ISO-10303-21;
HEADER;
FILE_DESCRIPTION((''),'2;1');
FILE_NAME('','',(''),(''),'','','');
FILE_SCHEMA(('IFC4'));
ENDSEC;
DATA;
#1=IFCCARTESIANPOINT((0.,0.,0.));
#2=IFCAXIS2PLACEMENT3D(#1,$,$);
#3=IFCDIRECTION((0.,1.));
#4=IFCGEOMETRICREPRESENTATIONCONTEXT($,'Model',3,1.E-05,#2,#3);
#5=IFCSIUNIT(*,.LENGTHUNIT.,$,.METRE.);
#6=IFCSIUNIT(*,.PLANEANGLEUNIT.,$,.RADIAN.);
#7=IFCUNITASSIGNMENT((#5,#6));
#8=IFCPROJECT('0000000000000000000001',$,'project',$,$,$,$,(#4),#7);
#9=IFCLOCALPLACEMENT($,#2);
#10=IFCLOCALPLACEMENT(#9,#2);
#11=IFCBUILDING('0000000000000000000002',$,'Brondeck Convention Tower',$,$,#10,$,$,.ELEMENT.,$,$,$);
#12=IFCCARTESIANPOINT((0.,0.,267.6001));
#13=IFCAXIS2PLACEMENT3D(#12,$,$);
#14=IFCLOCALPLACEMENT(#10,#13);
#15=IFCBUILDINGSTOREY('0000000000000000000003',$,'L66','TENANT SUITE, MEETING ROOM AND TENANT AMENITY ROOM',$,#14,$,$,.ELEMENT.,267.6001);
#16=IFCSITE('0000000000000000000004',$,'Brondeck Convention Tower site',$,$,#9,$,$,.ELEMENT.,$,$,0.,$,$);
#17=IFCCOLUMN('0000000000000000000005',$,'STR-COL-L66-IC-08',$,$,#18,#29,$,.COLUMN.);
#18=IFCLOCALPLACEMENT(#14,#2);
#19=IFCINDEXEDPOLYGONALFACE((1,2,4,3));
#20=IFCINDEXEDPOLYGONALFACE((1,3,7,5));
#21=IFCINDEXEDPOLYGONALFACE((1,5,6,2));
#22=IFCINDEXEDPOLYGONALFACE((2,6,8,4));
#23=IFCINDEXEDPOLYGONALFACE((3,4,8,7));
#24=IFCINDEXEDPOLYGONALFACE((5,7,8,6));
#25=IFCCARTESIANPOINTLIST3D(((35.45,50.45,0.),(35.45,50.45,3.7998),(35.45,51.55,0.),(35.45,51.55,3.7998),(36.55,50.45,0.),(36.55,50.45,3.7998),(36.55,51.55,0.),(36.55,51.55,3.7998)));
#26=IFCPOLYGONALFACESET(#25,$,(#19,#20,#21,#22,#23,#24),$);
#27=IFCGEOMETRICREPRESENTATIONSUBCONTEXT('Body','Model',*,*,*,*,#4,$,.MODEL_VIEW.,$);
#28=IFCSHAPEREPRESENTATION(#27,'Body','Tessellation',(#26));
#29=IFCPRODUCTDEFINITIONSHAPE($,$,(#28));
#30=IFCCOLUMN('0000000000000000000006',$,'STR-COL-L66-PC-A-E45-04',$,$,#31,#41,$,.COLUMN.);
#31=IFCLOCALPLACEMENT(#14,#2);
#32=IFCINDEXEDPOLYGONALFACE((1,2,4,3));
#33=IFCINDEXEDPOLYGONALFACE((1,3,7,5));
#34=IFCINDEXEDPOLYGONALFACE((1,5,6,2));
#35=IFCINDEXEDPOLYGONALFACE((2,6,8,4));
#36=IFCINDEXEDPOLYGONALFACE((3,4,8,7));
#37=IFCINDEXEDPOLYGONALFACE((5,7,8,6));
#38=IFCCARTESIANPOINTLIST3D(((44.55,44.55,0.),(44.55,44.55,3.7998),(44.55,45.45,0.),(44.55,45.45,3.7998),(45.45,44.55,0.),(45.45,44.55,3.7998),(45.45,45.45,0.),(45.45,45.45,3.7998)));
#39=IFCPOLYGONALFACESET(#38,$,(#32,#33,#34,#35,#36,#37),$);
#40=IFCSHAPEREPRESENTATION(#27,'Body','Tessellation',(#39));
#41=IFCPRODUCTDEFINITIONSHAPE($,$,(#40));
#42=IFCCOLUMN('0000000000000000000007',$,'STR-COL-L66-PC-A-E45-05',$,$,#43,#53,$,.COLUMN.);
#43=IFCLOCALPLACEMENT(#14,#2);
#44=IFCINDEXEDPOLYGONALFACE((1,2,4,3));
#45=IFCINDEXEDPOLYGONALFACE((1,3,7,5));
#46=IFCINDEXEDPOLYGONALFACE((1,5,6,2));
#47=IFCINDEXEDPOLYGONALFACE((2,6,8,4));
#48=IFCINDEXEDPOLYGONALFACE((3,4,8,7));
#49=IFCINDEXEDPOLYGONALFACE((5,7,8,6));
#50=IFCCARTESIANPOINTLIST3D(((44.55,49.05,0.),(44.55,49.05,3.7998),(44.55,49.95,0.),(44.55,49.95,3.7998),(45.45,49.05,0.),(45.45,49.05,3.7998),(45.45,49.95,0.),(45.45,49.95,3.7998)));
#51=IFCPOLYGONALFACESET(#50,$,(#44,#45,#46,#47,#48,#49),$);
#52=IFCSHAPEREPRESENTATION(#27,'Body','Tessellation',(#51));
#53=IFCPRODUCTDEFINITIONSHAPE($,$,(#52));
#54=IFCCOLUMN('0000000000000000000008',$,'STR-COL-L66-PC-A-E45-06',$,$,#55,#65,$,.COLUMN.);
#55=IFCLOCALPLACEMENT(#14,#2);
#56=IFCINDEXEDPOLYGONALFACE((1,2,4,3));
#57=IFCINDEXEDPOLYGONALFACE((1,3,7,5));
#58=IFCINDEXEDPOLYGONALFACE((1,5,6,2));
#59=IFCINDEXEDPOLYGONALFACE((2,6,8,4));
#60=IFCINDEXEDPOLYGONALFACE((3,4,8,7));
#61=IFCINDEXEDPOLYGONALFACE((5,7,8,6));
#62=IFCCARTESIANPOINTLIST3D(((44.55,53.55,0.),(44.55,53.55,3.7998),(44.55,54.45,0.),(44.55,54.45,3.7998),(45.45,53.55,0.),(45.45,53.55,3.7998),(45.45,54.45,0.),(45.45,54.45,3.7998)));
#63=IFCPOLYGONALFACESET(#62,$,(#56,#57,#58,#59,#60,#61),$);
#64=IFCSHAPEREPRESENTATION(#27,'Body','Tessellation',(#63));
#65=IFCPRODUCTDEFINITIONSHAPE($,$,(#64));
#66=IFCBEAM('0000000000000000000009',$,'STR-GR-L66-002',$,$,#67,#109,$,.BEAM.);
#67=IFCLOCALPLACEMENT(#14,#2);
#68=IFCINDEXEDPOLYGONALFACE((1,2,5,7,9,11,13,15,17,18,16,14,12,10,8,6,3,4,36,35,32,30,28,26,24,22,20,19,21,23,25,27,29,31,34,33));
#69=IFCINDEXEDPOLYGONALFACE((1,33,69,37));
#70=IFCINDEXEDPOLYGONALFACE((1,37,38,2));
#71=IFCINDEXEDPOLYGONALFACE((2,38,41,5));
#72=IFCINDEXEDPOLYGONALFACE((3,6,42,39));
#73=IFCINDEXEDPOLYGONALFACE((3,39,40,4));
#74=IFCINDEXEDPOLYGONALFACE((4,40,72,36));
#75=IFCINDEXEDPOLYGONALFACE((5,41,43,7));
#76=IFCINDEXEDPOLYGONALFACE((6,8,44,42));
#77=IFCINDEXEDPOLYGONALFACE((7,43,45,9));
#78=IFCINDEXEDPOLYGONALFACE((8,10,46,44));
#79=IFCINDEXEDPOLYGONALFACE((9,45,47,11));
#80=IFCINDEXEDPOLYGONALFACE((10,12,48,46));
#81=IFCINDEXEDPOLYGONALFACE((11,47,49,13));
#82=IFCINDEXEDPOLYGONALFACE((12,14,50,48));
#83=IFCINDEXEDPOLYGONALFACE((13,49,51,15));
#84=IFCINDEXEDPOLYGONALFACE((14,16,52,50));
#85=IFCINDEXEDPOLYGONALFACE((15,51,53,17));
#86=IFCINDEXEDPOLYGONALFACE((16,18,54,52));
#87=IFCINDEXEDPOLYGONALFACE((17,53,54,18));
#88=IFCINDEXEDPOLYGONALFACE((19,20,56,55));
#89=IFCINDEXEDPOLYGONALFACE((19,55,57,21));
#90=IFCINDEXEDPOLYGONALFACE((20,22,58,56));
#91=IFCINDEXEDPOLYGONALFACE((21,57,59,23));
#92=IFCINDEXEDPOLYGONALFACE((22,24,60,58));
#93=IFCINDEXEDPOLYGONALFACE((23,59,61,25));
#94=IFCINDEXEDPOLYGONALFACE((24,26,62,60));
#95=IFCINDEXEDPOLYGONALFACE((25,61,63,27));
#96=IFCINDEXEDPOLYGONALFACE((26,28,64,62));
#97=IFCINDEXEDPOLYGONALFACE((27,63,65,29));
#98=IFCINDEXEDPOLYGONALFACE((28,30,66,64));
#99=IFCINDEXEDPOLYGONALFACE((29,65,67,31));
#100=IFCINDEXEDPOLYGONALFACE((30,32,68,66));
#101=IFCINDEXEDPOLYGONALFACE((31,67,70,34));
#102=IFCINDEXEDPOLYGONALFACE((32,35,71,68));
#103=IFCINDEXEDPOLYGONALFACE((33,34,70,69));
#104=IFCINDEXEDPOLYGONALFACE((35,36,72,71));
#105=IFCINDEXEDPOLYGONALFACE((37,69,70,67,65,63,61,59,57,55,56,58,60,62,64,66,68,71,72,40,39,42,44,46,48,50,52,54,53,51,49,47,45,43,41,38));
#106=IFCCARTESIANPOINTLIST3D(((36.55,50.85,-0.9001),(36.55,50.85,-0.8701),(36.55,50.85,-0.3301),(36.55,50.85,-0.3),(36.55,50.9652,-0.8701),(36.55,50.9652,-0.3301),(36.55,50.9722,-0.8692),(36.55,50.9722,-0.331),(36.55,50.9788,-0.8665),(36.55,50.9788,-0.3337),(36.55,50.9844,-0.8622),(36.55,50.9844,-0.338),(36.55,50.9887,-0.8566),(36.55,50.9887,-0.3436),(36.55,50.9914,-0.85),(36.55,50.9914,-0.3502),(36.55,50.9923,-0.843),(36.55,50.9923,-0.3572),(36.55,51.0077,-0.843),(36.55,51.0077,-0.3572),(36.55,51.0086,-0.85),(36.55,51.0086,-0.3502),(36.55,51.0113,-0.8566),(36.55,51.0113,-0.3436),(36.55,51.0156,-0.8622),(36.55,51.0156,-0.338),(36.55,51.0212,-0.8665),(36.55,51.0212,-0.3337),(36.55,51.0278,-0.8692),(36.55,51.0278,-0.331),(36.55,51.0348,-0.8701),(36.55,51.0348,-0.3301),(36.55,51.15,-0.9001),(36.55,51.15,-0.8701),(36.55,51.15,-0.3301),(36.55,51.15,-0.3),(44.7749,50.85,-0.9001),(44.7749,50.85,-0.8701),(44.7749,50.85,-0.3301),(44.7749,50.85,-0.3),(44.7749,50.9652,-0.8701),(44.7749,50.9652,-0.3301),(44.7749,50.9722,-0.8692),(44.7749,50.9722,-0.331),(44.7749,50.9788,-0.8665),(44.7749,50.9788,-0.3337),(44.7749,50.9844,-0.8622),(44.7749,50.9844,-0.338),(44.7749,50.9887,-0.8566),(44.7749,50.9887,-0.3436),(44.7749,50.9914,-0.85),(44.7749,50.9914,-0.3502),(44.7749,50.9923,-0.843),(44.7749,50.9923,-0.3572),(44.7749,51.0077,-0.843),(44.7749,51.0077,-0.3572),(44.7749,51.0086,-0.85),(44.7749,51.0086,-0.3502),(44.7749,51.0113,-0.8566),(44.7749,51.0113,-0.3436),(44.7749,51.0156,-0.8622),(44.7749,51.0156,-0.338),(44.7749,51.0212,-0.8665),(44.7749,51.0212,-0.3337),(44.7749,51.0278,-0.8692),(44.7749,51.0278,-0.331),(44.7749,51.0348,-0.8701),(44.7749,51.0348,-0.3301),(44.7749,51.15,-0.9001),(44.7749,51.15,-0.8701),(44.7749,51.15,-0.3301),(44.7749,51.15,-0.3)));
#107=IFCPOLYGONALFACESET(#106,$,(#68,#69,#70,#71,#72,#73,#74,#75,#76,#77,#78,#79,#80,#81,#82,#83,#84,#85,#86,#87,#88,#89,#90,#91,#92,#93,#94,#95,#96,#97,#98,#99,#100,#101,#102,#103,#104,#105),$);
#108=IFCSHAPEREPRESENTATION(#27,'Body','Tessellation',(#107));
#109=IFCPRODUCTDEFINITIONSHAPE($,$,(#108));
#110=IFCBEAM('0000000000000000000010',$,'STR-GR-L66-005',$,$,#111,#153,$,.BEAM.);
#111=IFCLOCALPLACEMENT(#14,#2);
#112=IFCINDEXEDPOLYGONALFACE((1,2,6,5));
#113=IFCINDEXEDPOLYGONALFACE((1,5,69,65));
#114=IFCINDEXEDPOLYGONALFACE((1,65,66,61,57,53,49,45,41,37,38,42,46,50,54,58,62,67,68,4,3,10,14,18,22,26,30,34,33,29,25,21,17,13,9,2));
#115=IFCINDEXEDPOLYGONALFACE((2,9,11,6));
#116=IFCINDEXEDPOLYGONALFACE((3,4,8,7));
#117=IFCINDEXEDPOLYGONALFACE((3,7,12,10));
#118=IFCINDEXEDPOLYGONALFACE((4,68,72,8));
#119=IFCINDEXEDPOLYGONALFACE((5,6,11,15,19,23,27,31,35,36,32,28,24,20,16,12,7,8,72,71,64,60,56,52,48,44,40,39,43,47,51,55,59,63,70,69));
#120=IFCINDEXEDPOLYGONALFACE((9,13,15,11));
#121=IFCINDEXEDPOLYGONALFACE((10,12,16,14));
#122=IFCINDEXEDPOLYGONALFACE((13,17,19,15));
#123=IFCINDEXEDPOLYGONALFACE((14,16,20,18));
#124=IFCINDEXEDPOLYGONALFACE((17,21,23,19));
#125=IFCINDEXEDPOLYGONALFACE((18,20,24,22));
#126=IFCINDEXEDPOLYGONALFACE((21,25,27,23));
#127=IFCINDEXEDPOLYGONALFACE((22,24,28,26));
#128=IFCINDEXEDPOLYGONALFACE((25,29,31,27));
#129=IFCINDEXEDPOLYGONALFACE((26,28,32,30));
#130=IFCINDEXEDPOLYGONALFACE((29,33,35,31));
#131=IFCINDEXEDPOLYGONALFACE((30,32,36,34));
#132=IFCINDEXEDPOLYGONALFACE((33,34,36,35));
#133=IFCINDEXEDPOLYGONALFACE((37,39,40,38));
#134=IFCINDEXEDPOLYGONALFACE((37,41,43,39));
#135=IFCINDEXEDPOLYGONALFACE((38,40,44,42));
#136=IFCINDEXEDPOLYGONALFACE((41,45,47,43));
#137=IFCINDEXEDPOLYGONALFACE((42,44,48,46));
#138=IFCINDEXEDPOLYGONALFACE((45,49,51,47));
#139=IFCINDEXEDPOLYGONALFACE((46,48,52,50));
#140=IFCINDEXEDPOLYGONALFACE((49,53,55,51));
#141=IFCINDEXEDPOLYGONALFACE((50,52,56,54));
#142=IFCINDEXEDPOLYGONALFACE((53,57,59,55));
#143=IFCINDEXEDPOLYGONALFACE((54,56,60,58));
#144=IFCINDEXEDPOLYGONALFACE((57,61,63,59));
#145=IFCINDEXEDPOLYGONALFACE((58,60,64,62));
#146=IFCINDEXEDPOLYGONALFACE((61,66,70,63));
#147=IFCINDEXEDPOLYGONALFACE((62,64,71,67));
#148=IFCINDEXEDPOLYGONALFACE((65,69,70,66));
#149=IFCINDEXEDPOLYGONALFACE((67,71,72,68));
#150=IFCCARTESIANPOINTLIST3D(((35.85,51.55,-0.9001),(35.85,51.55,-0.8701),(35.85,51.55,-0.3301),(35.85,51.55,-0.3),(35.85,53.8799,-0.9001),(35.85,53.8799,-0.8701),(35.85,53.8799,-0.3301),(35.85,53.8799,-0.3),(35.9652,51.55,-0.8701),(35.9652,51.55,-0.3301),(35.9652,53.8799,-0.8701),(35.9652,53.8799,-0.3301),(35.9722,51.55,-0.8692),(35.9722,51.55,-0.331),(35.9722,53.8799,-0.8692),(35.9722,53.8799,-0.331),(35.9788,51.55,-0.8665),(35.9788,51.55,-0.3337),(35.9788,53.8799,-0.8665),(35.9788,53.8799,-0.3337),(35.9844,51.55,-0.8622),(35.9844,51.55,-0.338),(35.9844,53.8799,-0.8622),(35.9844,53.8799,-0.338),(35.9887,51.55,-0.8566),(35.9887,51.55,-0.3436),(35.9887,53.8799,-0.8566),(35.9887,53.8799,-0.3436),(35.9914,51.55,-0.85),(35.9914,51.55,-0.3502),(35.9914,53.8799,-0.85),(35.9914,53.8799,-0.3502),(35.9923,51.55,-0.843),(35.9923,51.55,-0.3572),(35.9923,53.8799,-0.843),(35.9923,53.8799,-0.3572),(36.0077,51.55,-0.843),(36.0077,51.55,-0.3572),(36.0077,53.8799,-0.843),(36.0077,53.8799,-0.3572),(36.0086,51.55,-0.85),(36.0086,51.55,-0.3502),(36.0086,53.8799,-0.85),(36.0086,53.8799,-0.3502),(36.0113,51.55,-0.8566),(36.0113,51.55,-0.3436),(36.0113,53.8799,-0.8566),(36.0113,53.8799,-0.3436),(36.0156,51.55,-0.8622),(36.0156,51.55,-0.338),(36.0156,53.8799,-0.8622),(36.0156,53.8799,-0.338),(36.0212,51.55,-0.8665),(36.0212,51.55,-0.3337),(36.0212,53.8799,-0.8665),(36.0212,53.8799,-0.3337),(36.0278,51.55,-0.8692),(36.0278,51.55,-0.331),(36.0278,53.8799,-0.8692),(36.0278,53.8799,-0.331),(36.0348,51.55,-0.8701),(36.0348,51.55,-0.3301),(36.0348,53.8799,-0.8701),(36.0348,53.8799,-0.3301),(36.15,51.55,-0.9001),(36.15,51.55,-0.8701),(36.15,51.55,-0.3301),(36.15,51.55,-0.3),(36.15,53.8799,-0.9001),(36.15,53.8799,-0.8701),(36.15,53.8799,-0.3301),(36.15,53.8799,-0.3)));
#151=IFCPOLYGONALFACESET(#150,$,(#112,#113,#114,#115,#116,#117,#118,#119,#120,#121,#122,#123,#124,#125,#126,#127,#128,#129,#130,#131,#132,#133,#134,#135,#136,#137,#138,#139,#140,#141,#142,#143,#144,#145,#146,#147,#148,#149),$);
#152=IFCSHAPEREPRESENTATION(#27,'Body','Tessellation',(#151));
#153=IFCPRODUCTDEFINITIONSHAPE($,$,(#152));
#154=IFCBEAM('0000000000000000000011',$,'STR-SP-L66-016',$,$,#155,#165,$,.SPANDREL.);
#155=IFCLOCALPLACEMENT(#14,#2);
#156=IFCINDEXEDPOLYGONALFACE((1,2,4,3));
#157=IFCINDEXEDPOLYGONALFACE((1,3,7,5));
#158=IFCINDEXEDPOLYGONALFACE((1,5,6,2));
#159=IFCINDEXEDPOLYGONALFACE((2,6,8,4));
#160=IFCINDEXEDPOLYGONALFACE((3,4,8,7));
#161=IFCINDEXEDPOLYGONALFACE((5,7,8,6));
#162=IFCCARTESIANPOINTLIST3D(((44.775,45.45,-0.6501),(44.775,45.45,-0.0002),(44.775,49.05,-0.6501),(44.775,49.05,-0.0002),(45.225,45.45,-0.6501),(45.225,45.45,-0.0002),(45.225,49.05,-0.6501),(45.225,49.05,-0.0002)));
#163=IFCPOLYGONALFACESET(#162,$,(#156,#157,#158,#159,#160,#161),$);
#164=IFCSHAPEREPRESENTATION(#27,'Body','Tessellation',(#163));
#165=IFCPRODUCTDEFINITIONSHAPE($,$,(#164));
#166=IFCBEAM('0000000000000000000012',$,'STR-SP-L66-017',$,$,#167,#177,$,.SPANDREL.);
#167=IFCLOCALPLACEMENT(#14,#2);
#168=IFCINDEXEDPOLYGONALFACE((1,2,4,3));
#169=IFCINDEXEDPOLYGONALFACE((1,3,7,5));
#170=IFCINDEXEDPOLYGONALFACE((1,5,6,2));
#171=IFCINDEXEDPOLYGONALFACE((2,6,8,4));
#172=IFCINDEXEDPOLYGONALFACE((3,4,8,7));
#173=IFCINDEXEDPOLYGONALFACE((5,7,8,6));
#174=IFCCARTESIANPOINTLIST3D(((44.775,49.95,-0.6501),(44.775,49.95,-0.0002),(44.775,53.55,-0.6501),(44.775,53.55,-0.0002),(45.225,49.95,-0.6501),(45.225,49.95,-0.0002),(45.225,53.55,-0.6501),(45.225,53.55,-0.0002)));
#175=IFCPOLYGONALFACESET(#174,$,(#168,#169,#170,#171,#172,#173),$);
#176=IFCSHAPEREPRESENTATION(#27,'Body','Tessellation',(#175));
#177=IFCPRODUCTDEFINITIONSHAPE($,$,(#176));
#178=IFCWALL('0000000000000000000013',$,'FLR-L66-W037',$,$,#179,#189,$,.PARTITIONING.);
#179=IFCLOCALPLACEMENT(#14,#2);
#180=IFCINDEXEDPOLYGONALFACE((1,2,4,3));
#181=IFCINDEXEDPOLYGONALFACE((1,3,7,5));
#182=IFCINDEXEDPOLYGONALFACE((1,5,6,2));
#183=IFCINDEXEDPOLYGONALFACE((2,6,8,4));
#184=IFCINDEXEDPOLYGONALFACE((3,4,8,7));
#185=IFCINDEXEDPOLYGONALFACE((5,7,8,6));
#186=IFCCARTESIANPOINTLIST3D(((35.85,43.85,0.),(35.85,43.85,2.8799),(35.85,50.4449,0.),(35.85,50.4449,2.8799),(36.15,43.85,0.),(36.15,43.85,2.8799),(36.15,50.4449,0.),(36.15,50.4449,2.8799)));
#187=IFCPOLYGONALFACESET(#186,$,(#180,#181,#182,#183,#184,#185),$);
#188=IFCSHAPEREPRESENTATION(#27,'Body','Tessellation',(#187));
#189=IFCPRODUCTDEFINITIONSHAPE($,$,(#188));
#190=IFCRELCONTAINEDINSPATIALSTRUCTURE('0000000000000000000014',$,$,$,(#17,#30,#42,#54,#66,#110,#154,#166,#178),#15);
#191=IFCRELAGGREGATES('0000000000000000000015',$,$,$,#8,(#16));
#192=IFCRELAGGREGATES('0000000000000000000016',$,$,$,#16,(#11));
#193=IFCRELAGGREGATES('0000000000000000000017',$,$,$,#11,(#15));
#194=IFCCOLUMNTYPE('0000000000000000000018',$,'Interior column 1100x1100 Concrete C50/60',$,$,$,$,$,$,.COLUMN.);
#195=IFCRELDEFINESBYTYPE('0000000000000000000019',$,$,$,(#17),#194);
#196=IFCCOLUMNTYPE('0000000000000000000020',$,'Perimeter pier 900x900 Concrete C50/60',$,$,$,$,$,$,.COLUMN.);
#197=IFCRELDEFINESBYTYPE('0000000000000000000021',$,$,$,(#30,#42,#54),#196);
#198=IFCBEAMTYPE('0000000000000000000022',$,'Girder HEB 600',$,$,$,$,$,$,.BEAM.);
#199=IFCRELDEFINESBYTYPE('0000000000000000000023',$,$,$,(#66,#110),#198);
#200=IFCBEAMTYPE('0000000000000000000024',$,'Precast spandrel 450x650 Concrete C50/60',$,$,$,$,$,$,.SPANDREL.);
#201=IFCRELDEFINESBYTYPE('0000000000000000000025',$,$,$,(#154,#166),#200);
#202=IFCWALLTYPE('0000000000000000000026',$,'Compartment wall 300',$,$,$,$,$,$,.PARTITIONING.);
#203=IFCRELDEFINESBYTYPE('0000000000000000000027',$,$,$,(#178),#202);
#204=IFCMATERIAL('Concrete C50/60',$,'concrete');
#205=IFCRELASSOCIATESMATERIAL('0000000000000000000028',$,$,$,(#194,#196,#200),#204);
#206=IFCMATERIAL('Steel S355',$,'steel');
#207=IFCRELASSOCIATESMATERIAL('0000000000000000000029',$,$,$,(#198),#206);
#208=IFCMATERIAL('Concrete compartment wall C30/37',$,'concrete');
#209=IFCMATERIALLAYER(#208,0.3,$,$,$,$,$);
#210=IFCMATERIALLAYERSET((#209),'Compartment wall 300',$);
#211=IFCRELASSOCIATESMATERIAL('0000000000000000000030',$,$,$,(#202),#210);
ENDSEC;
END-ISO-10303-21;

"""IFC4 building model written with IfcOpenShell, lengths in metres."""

from ifc_helpers import new_model, si_unit, direction, frame, frame_2d, origin, origin_2d, place, context, subcontext, project, spatial, rectangle, i_section, extrude, material, layer, layer_set, material_profile, profile_set, type_object, element, save


model = new_model("IFC4")

# Units and contexts
model_context = context("Model", 3, precision=1e-05, world=origin(), true_north=direction((0.0, 1.0)))
body_context = subcontext(model_context, "Body", "Model", "MODEL_VIEW")
ifc_project = project(units=[si_unit("LENGTHUNIT", "METRE"), si_unit("PLANEANGLEUNIT", "RADIAN")], contexts=[model_context])

# Site, building, storey
site_placement = place(None, origin())
site = spatial("IfcSite", under=ifc_project, at=site_placement, Name="Brondeck Convention Tower site", CompositionType="ELEMENT", RefElevation=0.0)
building_placement = place(site_placement, origin())
building = spatial("IfcBuilding", under=site, at=building_placement, Name="Brondeck Convention Tower", CompositionType="ELEMENT")
storey_placement = place(building_placement, frame((0.0, 0.0, 267.6001)))
storey = spatial("IfcBuildingStorey", under=building, at=storey_placement, Name="L66", Description="TENANT SUITE, MEETING ROOM AND TENANT AMENITY ROOM", CompositionType="ELEMENT", Elevation=267.6001)

# Columns
ifc_material_1 = material(Name="Concrete C50/60", Category="concrete")
ifc_material_profile_1 = material_profile(ifc_material_1, rectangle(XDim=1.1001, YDim=1.1001, at=origin_2d()), Name="Interior column 1100x1100 Concrete C50/60")
ifc_profile_set_1 = profile_set([ifc_material_profile_1], Name="Concrete C50/60")
column_type_1 = type_object("IfcColumnType", Name="Interior column 1100x1100 Concrete C50/60", PredefinedType="COLUMN", material=ifc_profile_set_1)
column_placement = place(storey_placement, frame((36.0, 51.0, 0.0), z_axis=(0.0, 0.0, 1.0), x_axis=(1.0, 0.0, 0.0)))
element("IfcColumn", 1, at=column_placement, inside=storey, type_object=column_type_1, Name="STR-COL-L66-IC-08", PredefinedType="COLUMN", context=body_context, shape_type="SweptSolid", body=[
    extrude(rectangle(XDim=1.1001, YDim=1.1001, at=origin_2d()), origin(), (0.0, 0.0, 1.0), 3.7998),
])
ifc_material_profile_2 = material_profile(ifc_material_1, rectangle(XDim=0.8999, YDim=0.8999, at=origin_2d()), Name="Perimeter pier 900x900 Concrete C50/60")
ifc_profile_set_2 = profile_set([ifc_material_profile_2], Name="Concrete C50/60")
column_type_2 = type_object("IfcColumnType", Name="Perimeter pier 900x900 Concrete C50/60", PredefinedType="COLUMN", material=ifc_profile_set_2)
for number, where, z_axis, x_axis, name in (
    (2, (45.0, 45.0, 0.0), (0.0, 0.0, 1.0), (0.0, 1.0, 0.0), "STR-COL-L66-PC-A-E45-04"),
    (3, (45.0, 49.5, 0.0), (0.0, 0.0, 1.0), (0.0, 1.0, 0.0), "STR-COL-L66-PC-A-E45-05"),
    (4, (45.0, 54.0, 0.0), (0.0, 0.0, 1.0), (0.0, 1.0, 0.0), "STR-COL-L66-PC-A-E45-06"),
):
    element("IfcColumn", number, at=place(storey_placement, frame(where, z_axis=z_axis, x_axis=x_axis)), inside=storey, type_object=column_type_2, Name=name, PredefinedType="COLUMN", context=body_context, shape_type="SweptSolid", body=[
        extrude(rectangle(XDim=0.8999, YDim=0.8999, at=origin_2d()), origin(), (0.0, 0.0, 1.0), 3.7998),
    ])

# Beams
ifc_material_2 = material(Name="Steel S355", Category="steel")
ifc_material_profile_3 = material_profile(ifc_material_2, i_section(OverallWidth=0.3, OverallDepth=0.6001, WebThickness=0.0154, FlangeThickness=0.03, FilletRadius=0.0271, at=origin_2d()), Name="HEB 600")
ifc_profile_set_3 = profile_set([ifc_material_profile_3], Name="Steel S355")
beam_type_1 = type_object("IfcBeamType", Name="Girder HEB 600", PredefinedType="BEAM", material=ifc_profile_set_3)
beam_1_placement = place(storey_placement, frame((36.55, 51.0, -0.6001), z_axis=(1.0, 0.0, 0.0), x_axis=(0.0, 1.0, 0.0)))
element("IfcBeam", 5, at=beam_1_placement, inside=storey, type_object=beam_type_1, Name="STR-GR-L66-002", PredefinedType="BEAM", context=body_context, shape_type="SweptSolid", body=[
    extrude(i_section(OverallWidth=0.3, OverallDepth=0.6001, WebThickness=0.0154, FlangeThickness=0.03, FilletRadius=0.0271, at=origin_2d()), origin(), (0.0, 0.0, 1.0), 8.2249),
])
beam_2_placement = place(storey_placement, frame((36.0, 51.55, -0.6001), z_axis=(0.0, 1.0, 0.0), x_axis=(-1.0, 0.0, 0.0)))
element("IfcBeam", 6, at=beam_2_placement, inside=storey, type_object=beam_type_1, Name="STR-GR-L66-005", PredefinedType="BEAM", context=body_context, shape_type="SweptSolid", body=[
    extrude(i_section(OverallWidth=0.3, OverallDepth=0.6001, WebThickness=0.0154, FlangeThickness=0.03, FilletRadius=0.0271, at=origin_2d()), origin(), (0.0, 0.0, 1.0), 2.3298),
])
ifc_material_profile_4 = material_profile(ifc_material_1, rectangle(XDim=0.45, YDim=0.6499, at=origin_2d()), Name="Precast spandrel 450x650 Concrete C50/60")
ifc_profile_set_4 = profile_set([ifc_material_profile_4], Name="Concrete C50/60")
beam_type_2 = type_object("IfcBeamType", Name="Precast spandrel 450x650 Concrete C50/60", PredefinedType="SPANDREL", material=ifc_profile_set_4)
for number, where, z_axis, x_axis, name in (
    (7, (45.0, 45.45, -0.3252), (0.0, 1.0, 0.0), (-1.0, 0.0, 0.0), "STR-SP-L66-016"),
    (8, (45.0, 49.95, -0.3252), (0.0, 1.0, 0.0), (-1.0, 0.0, 0.0), "STR-SP-L66-017"),
):
    element("IfcBeam", number, at=place(storey_placement, frame(where, z_axis=z_axis, x_axis=x_axis)), inside=storey, type_object=beam_type_2, Name=name, PredefinedType="SPANDREL", context=body_context, shape_type="SweptSolid", body=[
        extrude(rectangle(XDim=0.45, YDim=0.6499, at=origin_2d()), origin(), (0.0, 0.0, 1.0), 3.6001),
    ])

# Wall
ifc_material_3 = material(Name="Concrete compartment wall C30/37", Category="concrete")
ifc_layer_1 = layer(ifc_material_3, 0.3)
ifc_layer_set_1 = layer_set([ifc_layer_1], Name="Compartment wall 300")
wall_type_1 = type_object("IfcWallType", Name="Compartment wall 300", PredefinedType="PARTITIONING", material=ifc_layer_set_1)
wall_1_placement = place(storey_placement, frame((36.0, 43.8501, 0.0), z_axis=(0.0, 0.0, 1.0), x_axis=(0.0, 1.0, 0.0)))
element("IfcWall", 9, at=wall_1_placement, inside=storey, type_object=wall_type_1, Name="FLR-L66-W037", PredefinedType="PARTITIONING", context=body_context, shape_type="SweptSolid", body=[
    extrude(rectangle(XDim=6.595, YDim=0.3, at=frame_2d((3.2974, 0.0))), origin(), (0.0, 0.0, 1.0), 2.8799),
])

save(model, "model.ifc")
